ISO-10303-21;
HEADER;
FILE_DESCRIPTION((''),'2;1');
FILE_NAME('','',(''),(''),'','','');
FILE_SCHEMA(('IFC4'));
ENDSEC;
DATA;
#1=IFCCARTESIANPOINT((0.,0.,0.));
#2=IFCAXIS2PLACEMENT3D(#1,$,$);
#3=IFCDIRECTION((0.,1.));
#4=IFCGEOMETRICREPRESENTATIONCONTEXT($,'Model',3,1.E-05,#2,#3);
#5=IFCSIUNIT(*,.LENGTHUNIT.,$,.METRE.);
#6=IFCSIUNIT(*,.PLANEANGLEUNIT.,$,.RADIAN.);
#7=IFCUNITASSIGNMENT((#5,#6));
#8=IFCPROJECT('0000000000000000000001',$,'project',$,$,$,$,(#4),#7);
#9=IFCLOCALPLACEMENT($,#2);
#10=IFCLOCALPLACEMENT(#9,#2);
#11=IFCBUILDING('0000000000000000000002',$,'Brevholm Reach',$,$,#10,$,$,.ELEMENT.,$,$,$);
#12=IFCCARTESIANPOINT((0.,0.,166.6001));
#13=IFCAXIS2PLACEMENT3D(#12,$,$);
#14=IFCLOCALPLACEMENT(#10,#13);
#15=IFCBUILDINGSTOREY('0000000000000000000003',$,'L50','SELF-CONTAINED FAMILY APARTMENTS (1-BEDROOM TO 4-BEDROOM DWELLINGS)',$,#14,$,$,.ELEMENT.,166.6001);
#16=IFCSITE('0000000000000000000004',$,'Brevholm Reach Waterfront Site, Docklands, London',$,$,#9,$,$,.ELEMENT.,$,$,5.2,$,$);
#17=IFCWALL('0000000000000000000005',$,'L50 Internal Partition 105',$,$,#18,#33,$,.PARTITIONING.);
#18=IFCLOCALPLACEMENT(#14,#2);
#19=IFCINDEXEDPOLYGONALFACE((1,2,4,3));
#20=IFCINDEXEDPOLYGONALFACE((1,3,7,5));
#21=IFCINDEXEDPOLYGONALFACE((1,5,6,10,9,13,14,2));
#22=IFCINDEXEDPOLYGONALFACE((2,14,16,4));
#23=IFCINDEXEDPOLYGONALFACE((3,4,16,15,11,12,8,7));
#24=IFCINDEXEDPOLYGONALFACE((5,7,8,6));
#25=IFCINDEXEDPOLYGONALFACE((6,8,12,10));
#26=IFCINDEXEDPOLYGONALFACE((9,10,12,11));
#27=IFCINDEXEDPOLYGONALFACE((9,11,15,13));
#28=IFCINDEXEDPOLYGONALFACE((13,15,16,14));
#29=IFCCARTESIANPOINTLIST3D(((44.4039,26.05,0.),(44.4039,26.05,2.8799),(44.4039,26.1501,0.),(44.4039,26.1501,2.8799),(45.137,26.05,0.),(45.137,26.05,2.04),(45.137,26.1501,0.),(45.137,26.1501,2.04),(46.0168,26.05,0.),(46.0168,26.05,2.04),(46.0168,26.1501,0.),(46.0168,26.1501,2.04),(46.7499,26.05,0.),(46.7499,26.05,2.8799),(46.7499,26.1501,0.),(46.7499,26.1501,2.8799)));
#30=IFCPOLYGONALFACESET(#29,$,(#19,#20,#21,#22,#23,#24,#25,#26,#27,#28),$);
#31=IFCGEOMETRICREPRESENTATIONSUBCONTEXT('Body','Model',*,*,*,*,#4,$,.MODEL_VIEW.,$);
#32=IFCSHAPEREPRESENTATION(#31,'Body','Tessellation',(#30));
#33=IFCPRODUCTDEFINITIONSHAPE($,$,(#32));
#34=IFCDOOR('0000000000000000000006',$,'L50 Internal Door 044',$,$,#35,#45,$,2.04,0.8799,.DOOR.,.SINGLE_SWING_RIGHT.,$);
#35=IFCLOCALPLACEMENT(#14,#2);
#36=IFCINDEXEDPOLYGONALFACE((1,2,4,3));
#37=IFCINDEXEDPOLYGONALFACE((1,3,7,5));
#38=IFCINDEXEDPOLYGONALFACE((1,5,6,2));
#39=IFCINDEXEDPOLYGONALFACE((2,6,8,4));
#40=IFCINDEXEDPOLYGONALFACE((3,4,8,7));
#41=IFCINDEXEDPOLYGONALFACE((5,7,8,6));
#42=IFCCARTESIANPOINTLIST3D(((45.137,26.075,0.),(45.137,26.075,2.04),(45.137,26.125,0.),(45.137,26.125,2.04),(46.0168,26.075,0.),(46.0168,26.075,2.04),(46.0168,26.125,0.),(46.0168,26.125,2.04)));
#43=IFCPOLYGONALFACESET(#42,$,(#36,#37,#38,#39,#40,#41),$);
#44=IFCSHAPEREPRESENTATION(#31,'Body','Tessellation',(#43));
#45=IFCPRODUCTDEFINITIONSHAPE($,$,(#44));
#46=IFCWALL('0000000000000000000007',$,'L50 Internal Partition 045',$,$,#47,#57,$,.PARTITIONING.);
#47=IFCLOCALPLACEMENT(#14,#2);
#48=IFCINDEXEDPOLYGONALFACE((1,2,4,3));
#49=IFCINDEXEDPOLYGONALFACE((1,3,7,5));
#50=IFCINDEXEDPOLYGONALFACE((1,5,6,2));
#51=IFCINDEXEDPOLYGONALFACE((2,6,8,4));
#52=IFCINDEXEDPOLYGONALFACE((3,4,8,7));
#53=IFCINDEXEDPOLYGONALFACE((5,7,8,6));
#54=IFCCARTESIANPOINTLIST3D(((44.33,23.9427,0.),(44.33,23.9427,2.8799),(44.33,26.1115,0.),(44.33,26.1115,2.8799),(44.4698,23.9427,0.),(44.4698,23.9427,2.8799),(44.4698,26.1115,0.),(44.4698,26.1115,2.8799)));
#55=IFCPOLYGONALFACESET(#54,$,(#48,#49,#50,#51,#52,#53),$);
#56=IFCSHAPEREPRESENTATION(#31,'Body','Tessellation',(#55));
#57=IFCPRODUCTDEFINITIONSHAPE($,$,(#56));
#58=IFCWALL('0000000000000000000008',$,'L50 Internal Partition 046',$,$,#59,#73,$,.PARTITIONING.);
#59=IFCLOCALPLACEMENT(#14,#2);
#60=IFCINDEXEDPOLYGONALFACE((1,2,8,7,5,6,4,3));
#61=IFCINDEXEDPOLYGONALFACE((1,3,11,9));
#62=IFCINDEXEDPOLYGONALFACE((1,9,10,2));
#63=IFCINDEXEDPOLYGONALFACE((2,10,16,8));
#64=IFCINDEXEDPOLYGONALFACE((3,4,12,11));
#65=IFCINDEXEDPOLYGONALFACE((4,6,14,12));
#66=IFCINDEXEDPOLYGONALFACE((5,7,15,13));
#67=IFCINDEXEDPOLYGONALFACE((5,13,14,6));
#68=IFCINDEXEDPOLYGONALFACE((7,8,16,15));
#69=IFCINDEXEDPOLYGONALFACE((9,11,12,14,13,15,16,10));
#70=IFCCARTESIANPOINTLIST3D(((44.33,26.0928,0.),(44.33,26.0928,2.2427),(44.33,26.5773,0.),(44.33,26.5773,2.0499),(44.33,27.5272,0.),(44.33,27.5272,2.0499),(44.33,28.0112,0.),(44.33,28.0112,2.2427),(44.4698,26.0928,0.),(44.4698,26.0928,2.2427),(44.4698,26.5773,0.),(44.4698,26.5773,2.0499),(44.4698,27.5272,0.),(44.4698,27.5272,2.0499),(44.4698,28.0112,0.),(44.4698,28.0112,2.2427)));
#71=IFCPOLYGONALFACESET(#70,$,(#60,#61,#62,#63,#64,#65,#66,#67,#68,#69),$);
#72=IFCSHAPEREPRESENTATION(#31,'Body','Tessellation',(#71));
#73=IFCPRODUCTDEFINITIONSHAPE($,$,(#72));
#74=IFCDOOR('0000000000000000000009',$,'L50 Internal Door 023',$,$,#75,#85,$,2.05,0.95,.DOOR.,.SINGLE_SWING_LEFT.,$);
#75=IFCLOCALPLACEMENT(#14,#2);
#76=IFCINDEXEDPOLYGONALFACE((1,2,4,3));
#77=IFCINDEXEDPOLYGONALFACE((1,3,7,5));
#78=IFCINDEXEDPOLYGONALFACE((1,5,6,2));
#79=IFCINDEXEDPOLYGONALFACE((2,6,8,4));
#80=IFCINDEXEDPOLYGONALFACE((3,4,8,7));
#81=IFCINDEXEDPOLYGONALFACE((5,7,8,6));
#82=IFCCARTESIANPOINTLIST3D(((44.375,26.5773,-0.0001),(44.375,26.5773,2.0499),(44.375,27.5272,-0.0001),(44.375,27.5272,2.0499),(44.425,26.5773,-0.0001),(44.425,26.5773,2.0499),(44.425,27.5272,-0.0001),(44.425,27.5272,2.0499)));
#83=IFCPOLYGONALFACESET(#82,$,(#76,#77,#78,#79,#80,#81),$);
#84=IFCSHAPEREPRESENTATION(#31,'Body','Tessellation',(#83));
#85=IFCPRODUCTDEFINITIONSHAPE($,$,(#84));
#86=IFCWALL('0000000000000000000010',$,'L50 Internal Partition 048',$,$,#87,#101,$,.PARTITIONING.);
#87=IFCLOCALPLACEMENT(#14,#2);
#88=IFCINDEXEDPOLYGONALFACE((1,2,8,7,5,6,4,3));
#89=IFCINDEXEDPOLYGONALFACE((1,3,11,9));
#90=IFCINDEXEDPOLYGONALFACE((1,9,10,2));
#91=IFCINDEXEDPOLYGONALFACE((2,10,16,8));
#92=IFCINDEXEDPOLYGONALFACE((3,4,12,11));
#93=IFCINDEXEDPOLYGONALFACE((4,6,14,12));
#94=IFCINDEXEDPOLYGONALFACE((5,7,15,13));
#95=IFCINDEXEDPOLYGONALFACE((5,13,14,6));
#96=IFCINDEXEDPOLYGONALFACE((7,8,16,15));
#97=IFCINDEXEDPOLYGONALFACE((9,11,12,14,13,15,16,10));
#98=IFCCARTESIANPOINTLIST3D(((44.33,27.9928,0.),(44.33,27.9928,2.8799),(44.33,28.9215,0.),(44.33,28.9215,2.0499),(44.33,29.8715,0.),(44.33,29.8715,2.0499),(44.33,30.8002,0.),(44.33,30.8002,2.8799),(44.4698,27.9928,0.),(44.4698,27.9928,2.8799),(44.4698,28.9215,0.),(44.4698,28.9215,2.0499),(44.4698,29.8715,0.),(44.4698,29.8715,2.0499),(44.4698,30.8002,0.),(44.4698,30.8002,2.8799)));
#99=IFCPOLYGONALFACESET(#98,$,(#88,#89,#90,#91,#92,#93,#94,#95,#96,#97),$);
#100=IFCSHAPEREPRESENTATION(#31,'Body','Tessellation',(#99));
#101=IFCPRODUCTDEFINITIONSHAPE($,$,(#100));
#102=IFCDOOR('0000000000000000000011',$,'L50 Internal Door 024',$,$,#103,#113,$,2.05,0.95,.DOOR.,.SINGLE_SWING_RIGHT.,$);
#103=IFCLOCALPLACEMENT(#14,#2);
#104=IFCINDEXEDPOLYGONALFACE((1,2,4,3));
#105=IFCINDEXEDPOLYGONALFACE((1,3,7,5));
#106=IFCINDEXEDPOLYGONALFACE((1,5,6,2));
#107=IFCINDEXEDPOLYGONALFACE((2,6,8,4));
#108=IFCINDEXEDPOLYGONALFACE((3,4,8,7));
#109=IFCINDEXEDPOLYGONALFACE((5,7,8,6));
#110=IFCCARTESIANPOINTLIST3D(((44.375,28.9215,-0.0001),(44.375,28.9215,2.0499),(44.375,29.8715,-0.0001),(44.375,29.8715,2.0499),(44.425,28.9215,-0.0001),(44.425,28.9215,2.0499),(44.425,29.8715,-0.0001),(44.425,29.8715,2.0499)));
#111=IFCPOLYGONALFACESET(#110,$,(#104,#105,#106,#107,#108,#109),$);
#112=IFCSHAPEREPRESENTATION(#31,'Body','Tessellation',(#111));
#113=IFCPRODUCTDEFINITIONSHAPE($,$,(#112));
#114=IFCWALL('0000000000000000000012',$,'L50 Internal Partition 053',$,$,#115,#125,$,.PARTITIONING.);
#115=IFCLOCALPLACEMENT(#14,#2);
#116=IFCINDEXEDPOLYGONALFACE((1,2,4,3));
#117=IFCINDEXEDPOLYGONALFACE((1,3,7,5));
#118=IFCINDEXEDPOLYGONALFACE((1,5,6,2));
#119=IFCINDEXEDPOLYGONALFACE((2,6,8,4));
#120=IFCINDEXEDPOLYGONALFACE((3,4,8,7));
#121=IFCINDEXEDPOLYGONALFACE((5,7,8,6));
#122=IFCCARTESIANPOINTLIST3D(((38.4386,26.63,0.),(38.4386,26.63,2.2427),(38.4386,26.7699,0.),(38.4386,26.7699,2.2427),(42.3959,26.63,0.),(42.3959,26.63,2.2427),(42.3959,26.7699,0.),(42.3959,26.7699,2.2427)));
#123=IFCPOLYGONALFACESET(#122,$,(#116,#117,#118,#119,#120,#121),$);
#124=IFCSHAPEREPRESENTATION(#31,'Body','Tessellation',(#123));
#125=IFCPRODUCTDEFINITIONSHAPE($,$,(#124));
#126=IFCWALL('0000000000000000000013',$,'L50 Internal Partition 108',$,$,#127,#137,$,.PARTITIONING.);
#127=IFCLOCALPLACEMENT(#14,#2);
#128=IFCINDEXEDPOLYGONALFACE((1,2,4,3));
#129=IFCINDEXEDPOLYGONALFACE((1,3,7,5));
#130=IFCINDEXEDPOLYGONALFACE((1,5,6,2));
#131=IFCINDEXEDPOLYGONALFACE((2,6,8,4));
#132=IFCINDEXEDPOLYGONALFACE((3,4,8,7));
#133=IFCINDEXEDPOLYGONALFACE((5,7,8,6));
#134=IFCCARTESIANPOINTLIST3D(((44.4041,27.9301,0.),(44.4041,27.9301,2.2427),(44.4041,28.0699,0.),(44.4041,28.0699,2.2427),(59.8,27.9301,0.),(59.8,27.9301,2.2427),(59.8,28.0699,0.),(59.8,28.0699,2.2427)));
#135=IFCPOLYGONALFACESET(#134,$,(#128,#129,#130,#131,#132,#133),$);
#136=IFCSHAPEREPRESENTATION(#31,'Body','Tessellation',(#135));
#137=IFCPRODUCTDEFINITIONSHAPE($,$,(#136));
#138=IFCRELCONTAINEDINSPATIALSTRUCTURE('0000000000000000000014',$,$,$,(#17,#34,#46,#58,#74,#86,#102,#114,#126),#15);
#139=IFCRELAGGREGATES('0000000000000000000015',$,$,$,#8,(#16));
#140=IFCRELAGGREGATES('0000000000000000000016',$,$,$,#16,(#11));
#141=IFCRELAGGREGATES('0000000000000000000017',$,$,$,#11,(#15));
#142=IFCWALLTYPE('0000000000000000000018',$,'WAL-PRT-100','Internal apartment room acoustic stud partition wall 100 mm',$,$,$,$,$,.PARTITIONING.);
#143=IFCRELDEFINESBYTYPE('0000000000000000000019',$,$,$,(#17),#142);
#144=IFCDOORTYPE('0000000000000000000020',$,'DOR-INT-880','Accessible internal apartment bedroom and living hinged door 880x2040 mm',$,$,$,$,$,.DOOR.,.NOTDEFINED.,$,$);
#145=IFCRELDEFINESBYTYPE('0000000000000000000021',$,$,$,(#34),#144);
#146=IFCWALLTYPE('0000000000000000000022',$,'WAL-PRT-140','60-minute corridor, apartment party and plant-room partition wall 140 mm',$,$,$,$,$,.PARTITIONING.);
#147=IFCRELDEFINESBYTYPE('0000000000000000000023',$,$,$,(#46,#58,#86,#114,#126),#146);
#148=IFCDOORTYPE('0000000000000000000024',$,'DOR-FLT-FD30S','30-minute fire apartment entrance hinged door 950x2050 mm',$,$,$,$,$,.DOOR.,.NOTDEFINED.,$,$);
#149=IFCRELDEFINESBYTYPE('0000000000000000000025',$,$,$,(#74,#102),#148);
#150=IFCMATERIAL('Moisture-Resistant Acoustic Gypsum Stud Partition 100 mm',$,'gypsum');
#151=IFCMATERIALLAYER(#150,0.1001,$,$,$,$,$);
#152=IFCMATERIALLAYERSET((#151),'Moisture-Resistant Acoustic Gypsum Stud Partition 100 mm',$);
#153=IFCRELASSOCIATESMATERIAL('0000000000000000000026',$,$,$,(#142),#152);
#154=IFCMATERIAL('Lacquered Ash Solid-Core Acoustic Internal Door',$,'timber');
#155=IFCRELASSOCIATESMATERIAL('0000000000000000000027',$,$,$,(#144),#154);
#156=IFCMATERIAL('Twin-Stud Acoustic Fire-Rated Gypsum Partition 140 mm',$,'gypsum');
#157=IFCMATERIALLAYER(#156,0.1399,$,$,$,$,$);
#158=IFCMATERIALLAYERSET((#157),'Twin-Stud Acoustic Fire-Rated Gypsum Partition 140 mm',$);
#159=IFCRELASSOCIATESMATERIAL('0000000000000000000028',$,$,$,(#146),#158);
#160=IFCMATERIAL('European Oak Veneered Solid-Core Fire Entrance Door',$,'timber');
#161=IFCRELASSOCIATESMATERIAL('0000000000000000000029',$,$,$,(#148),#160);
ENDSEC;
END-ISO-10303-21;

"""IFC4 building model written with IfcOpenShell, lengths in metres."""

from ifc_helpers import new_model, si_unit, direction, frame, frame_2d, origin, place, context, subcontext, project, spatial, rectangle, extrude, material, layer, layer_set, type_object, element, fill, save


model = new_model("IFC4")

# Units and contexts
model_context = context("Model", 3, precision=1e-05, world=origin(), true_north=direction((0.0, 1.0)))
body_context = subcontext(model_context, "Body", "Model", "MODEL_VIEW")
ifc_project = project(units=[si_unit("LENGTHUNIT", "METRE"), si_unit("PLANEANGLEUNIT", "RADIAN")], contexts=[model_context])

# Site, building, storey
site_placement = place(None, origin())
site = spatial("IfcSite", under=ifc_project, at=site_placement, Name="Brevholm Reach Waterfront Site, Docklands, London", CompositionType="ELEMENT", RefElevation=5.2)
building_placement = place(site_placement, origin())
building = spatial("IfcBuilding", under=site, at=building_placement, Name="Brevholm Reach", CompositionType="ELEMENT")
storey_placement = place(building_placement, frame((0.0, 0.0, 166.6001)))
storey = spatial("IfcBuildingStorey", under=building, at=storey_placement, Name="L50", Description="SELF-CONTAINED FAMILY APARTMENTS (1-BEDROOM TO 4-BEDROOM DWELLINGS)", CompositionType="ELEMENT", Elevation=166.6001)

# Shared definitions
ifc_material_1 = material(Name="Moisture-Resistant Acoustic Gypsum Stud Partition 100 mm", Category="gypsum")
ifc_layer_1 = layer(ifc_material_1, 0.1001)
ifc_layer_set_1 = layer_set([ifc_layer_1], Name="Moisture-Resistant Acoustic Gypsum Stud Partition 100 mm")
wall_type_1 = type_object("IfcWallType", Name="WAL-PRT-100", Description="Internal apartment room acoustic stud partition wall 100 mm", PredefinedType="PARTITIONING", material=ifc_layer_set_1)

# Wall, opening, door
wall_1_placement = place(storey_placement, frame((44.4041, 26.1001, 0.0), z_axis=(0.0, 0.0, 1.0), x_axis=(1.0, 0.0, 0.0)))
wall_1 = element("IfcWall", 1, at=wall_1_placement, inside=storey, type_object=wall_type_1, Name="L50 Internal Partition 105", PredefinedType="PARTITIONING", context=body_context, shape_type="SweptSolid", body=[
    extrude(rectangle(XDim=2.3459, YDim=0.1001, at=frame_2d((1.1729, 0.0))), origin(), (0.0, 0.0, 1.0), 2.8799),
])
opening_1_placement = place(wall_1_placement, frame((0.7329, 0.0, 0.0)))
opening_1 = element("IfcOpeningElement", 2, at=opening_1_placement, cuts=wall_1, PredefinedType="OPENING", context=body_context, shape_type="SweptSolid", body=[
    extrude(rectangle(XDim=0.8799, YDim=2.04, at=frame_2d((0.4399, 1.02))), frame((0.0, 0.0601, 0.0), z_axis=(0.0, -1.0, 0.0), x_axis=(1.0, 0.0, 0.0)), (0.0, 0.0, 1.0), 0.1201),
])
ifc_material_2 = material(Name="Lacquered Ash Solid-Core Acoustic Internal Door", Category="timber")
door_type_1 = type_object("IfcDoorType", Name="DOR-INT-880", Description="Accessible internal apartment bedroom and living hinged door 880x2040 mm", OperationType="NOTDEFINED", PredefinedType="DOOR", material=ifc_material_2)
door_1_placement = place(opening_1_placement, origin())
door_1 = element("IfcDoor", 3, at=door_1_placement, inside=storey, type_object=door_type_1, Name="L50 Internal Door 044", OperationType="SINGLE_SWING_RIGHT", OverallHeight=2.04, OverallWidth=0.8799, PredefinedType="DOOR", context=body_context, shape_type="SweptSolid", body=[
    extrude(rectangle(XDim=0.8799, YDim=2.04, at=frame_2d((0.4399, 1.02))), frame((0.0, 0.0249, 0.0), z_axis=(0.0, -1.0, 0.0), x_axis=(1.0, 0.0, 0.0)), (0.0, 0.0, 1.0), 0.05),
])
fill(opening_1, door_1)

# Wall
ifc_material_3 = material(Name="Twin-Stud Acoustic Fire-Rated Gypsum Partition 140 mm", Category="gypsum")
ifc_layer_2 = layer(ifc_material_3, 0.1399)
ifc_layer_set_2 = layer_set([ifc_layer_2], Name="Twin-Stud Acoustic Fire-Rated Gypsum Partition 140 mm")
wall_type_2 = type_object("IfcWallType", Name="WAL-PRT-140", Description="60-minute corridor, apartment party and plant-room partition wall 140 mm", PredefinedType="PARTITIONING", material=ifc_layer_set_2)
wall_2_placement = place(storey_placement, frame((44.3999, 23.9426, 0.0), z_axis=(0.0, 0.0, 1.0), x_axis=(0.0, 1.0, 0.0)))
element("IfcWall", 4, at=wall_2_placement, inside=storey, type_object=wall_type_2, Name="L50 Internal Partition 045", PredefinedType="PARTITIONING", context=body_context, shape_type="SweptSolid", body=[
    extrude(rectangle(XDim=2.1687, YDim=0.1399, at=frame_2d((1.0845, 0.0))), origin(), (0.0, 0.0, 1.0), 2.8799),
])

# Walls, openings, doors
wall_3_placement = place(storey_placement, frame((44.3999, 26.0928, 0.0), z_axis=(0.0, 0.0, 1.0), x_axis=(0.0, 1.0, 0.0)))
wall_3 = element("IfcWall", 5, at=wall_3_placement, inside=storey, type_object=wall_type_2, Name="L50 Internal Partition 046", PredefinedType="PARTITIONING", context=body_context, shape_type="SweptSolid", body=[
    extrude(rectangle(XDim=1.9185, YDim=0.1399, at=frame_2d((0.9592, 0.0))), origin(), (0.0, 0.0, 1.0), 2.2427),
])
opening_2_placement = place(wall_3_placement, frame((0.4844, 0.0, 0.0)))
opening_2 = element("IfcOpeningElement", 6, at=opening_2_placement, cuts=wall_3, PredefinedType="OPENING", context=body_context, shape_type="SweptSolid", body=[
    extrude(rectangle(XDim=0.95, YDim=2.05, at=frame_2d((0.4751, 1.0249))), frame((0.0, 0.0798, 0.0), z_axis=(0.0, -1.0, 0.0), x_axis=(1.0, 0.0, 0.0)), (0.0, 0.0, 1.0), 0.1599),
])
ifc_material_4 = material(Name="European Oak Veneered Solid-Core Fire Entrance Door", Category="timber")
door_type_2 = type_object("IfcDoorType", Name="DOR-FLT-FD30S", Description="30-minute fire apartment entrance hinged door 950x2050 mm", OperationType="NOTDEFINED", PredefinedType="DOOR", material=ifc_material_4)
door_2_placement = place(opening_2_placement, origin())
door_2 = element("IfcDoor", 7, at=door_2_placement, inside=storey, type_object=door_type_2, Name="L50 Internal Door 023", OperationType="SINGLE_SWING_LEFT", OverallHeight=2.05, OverallWidth=0.95, PredefinedType="DOOR", context=body_context, shape_type="SweptSolid", body=[
    extrude(rectangle(XDim=0.95, YDim=2.05, at=frame_2d((0.4751, 1.0249))), frame((0.0, 0.0249, 0.0), z_axis=(0.0, -1.0, 0.0), x_axis=(1.0, 0.0, 0.0)), (0.0, 0.0, 1.0), 0.05),
])
fill(opening_2, door_2)
wall_4_placement = place(storey_placement, frame((44.3999, 27.9927, 0.0), z_axis=(0.0, 0.0, 1.0), x_axis=(0.0, 1.0, 0.0)))
wall_4 = element("IfcWall", 8, at=wall_4_placement, inside=storey, type_object=wall_type_2, Name="L50 Internal Partition 048", PredefinedType="PARTITIONING", context=body_context, shape_type="SweptSolid", body=[
    extrude(rectangle(XDim=2.8074, YDim=0.1399, at=frame_2d((1.4038, 0.0))), origin(), (0.0, 0.0, 1.0), 2.8799),
])
opening_3_placement = place(wall_4_placement, frame((0.9287, 0.0, 0.0)))
opening_3 = element("IfcOpeningElement", 9, at=opening_3_placement, cuts=wall_4, PredefinedType="OPENING", context=body_context, shape_type="SweptSolid", body=[
    extrude(rectangle(XDim=0.95, YDim=2.05, at=frame_2d((0.4751, 1.0249))), frame((0.0, 0.0798, 0.0), z_axis=(0.0, -1.0, 0.0), x_axis=(1.0, 0.0, 0.0)), (0.0, 0.0, 1.0), 0.1599),
])
door_3_placement = place(opening_3_placement, origin())
door_3 = element("IfcDoor", 10, at=door_3_placement, inside=storey, type_object=door_type_2, Name="L50 Internal Door 024", OperationType="SINGLE_SWING_RIGHT", OverallHeight=2.05, OverallWidth=0.95, PredefinedType="DOOR", context=body_context, shape_type="SweptSolid", body=[
    extrude(rectangle(XDim=0.95, YDim=2.05, at=frame_2d((0.4751, 1.0249))), frame((0.0, 0.0249, 0.0), z_axis=(0.0, -1.0, 0.0), x_axis=(1.0, 0.0, 0.0)), (0.0, 0.0, 1.0), 0.05),
])
fill(opening_3, door_3)

# Walls
wall_5_placement = place(storey_placement, frame((38.4387, 26.7, 0.0), z_axis=(0.0, 0.0, 1.0), x_axis=(1.0, 0.0, 0.0)))
element("IfcWall", 11, at=wall_5_placement, inside=storey, type_object=wall_type_2, Name="L50 Internal Partition 053", PredefinedType="PARTITIONING", context=body_context, shape_type="SweptSolid", body=[
    extrude(rectangle(XDim=3.9573, YDim=0.1399, at=frame_2d((1.9785, 0.0))), origin(), (0.0, 0.0, 1.0), 2.2427),
])
wall_6_placement = place(storey_placement, frame((44.4041, 28.0, 0.0), z_axis=(0.0, 0.0, 1.0), x_axis=(1.0, 0.0, 0.0)))
element("IfcWall", 12, at=wall_6_placement, inside=storey, type_object=wall_type_2, Name="L50 Internal Partition 108", PredefinedType="PARTITIONING", context=body_context, shape_type="SweptSolid", body=[
    extrude(rectangle(XDim=15.396, YDim=0.1399, at=frame_2d((7.698, 0.0))), origin(), (0.0, 0.0, 1.0), 2.2427),
])

save(model, "model.ifc")
